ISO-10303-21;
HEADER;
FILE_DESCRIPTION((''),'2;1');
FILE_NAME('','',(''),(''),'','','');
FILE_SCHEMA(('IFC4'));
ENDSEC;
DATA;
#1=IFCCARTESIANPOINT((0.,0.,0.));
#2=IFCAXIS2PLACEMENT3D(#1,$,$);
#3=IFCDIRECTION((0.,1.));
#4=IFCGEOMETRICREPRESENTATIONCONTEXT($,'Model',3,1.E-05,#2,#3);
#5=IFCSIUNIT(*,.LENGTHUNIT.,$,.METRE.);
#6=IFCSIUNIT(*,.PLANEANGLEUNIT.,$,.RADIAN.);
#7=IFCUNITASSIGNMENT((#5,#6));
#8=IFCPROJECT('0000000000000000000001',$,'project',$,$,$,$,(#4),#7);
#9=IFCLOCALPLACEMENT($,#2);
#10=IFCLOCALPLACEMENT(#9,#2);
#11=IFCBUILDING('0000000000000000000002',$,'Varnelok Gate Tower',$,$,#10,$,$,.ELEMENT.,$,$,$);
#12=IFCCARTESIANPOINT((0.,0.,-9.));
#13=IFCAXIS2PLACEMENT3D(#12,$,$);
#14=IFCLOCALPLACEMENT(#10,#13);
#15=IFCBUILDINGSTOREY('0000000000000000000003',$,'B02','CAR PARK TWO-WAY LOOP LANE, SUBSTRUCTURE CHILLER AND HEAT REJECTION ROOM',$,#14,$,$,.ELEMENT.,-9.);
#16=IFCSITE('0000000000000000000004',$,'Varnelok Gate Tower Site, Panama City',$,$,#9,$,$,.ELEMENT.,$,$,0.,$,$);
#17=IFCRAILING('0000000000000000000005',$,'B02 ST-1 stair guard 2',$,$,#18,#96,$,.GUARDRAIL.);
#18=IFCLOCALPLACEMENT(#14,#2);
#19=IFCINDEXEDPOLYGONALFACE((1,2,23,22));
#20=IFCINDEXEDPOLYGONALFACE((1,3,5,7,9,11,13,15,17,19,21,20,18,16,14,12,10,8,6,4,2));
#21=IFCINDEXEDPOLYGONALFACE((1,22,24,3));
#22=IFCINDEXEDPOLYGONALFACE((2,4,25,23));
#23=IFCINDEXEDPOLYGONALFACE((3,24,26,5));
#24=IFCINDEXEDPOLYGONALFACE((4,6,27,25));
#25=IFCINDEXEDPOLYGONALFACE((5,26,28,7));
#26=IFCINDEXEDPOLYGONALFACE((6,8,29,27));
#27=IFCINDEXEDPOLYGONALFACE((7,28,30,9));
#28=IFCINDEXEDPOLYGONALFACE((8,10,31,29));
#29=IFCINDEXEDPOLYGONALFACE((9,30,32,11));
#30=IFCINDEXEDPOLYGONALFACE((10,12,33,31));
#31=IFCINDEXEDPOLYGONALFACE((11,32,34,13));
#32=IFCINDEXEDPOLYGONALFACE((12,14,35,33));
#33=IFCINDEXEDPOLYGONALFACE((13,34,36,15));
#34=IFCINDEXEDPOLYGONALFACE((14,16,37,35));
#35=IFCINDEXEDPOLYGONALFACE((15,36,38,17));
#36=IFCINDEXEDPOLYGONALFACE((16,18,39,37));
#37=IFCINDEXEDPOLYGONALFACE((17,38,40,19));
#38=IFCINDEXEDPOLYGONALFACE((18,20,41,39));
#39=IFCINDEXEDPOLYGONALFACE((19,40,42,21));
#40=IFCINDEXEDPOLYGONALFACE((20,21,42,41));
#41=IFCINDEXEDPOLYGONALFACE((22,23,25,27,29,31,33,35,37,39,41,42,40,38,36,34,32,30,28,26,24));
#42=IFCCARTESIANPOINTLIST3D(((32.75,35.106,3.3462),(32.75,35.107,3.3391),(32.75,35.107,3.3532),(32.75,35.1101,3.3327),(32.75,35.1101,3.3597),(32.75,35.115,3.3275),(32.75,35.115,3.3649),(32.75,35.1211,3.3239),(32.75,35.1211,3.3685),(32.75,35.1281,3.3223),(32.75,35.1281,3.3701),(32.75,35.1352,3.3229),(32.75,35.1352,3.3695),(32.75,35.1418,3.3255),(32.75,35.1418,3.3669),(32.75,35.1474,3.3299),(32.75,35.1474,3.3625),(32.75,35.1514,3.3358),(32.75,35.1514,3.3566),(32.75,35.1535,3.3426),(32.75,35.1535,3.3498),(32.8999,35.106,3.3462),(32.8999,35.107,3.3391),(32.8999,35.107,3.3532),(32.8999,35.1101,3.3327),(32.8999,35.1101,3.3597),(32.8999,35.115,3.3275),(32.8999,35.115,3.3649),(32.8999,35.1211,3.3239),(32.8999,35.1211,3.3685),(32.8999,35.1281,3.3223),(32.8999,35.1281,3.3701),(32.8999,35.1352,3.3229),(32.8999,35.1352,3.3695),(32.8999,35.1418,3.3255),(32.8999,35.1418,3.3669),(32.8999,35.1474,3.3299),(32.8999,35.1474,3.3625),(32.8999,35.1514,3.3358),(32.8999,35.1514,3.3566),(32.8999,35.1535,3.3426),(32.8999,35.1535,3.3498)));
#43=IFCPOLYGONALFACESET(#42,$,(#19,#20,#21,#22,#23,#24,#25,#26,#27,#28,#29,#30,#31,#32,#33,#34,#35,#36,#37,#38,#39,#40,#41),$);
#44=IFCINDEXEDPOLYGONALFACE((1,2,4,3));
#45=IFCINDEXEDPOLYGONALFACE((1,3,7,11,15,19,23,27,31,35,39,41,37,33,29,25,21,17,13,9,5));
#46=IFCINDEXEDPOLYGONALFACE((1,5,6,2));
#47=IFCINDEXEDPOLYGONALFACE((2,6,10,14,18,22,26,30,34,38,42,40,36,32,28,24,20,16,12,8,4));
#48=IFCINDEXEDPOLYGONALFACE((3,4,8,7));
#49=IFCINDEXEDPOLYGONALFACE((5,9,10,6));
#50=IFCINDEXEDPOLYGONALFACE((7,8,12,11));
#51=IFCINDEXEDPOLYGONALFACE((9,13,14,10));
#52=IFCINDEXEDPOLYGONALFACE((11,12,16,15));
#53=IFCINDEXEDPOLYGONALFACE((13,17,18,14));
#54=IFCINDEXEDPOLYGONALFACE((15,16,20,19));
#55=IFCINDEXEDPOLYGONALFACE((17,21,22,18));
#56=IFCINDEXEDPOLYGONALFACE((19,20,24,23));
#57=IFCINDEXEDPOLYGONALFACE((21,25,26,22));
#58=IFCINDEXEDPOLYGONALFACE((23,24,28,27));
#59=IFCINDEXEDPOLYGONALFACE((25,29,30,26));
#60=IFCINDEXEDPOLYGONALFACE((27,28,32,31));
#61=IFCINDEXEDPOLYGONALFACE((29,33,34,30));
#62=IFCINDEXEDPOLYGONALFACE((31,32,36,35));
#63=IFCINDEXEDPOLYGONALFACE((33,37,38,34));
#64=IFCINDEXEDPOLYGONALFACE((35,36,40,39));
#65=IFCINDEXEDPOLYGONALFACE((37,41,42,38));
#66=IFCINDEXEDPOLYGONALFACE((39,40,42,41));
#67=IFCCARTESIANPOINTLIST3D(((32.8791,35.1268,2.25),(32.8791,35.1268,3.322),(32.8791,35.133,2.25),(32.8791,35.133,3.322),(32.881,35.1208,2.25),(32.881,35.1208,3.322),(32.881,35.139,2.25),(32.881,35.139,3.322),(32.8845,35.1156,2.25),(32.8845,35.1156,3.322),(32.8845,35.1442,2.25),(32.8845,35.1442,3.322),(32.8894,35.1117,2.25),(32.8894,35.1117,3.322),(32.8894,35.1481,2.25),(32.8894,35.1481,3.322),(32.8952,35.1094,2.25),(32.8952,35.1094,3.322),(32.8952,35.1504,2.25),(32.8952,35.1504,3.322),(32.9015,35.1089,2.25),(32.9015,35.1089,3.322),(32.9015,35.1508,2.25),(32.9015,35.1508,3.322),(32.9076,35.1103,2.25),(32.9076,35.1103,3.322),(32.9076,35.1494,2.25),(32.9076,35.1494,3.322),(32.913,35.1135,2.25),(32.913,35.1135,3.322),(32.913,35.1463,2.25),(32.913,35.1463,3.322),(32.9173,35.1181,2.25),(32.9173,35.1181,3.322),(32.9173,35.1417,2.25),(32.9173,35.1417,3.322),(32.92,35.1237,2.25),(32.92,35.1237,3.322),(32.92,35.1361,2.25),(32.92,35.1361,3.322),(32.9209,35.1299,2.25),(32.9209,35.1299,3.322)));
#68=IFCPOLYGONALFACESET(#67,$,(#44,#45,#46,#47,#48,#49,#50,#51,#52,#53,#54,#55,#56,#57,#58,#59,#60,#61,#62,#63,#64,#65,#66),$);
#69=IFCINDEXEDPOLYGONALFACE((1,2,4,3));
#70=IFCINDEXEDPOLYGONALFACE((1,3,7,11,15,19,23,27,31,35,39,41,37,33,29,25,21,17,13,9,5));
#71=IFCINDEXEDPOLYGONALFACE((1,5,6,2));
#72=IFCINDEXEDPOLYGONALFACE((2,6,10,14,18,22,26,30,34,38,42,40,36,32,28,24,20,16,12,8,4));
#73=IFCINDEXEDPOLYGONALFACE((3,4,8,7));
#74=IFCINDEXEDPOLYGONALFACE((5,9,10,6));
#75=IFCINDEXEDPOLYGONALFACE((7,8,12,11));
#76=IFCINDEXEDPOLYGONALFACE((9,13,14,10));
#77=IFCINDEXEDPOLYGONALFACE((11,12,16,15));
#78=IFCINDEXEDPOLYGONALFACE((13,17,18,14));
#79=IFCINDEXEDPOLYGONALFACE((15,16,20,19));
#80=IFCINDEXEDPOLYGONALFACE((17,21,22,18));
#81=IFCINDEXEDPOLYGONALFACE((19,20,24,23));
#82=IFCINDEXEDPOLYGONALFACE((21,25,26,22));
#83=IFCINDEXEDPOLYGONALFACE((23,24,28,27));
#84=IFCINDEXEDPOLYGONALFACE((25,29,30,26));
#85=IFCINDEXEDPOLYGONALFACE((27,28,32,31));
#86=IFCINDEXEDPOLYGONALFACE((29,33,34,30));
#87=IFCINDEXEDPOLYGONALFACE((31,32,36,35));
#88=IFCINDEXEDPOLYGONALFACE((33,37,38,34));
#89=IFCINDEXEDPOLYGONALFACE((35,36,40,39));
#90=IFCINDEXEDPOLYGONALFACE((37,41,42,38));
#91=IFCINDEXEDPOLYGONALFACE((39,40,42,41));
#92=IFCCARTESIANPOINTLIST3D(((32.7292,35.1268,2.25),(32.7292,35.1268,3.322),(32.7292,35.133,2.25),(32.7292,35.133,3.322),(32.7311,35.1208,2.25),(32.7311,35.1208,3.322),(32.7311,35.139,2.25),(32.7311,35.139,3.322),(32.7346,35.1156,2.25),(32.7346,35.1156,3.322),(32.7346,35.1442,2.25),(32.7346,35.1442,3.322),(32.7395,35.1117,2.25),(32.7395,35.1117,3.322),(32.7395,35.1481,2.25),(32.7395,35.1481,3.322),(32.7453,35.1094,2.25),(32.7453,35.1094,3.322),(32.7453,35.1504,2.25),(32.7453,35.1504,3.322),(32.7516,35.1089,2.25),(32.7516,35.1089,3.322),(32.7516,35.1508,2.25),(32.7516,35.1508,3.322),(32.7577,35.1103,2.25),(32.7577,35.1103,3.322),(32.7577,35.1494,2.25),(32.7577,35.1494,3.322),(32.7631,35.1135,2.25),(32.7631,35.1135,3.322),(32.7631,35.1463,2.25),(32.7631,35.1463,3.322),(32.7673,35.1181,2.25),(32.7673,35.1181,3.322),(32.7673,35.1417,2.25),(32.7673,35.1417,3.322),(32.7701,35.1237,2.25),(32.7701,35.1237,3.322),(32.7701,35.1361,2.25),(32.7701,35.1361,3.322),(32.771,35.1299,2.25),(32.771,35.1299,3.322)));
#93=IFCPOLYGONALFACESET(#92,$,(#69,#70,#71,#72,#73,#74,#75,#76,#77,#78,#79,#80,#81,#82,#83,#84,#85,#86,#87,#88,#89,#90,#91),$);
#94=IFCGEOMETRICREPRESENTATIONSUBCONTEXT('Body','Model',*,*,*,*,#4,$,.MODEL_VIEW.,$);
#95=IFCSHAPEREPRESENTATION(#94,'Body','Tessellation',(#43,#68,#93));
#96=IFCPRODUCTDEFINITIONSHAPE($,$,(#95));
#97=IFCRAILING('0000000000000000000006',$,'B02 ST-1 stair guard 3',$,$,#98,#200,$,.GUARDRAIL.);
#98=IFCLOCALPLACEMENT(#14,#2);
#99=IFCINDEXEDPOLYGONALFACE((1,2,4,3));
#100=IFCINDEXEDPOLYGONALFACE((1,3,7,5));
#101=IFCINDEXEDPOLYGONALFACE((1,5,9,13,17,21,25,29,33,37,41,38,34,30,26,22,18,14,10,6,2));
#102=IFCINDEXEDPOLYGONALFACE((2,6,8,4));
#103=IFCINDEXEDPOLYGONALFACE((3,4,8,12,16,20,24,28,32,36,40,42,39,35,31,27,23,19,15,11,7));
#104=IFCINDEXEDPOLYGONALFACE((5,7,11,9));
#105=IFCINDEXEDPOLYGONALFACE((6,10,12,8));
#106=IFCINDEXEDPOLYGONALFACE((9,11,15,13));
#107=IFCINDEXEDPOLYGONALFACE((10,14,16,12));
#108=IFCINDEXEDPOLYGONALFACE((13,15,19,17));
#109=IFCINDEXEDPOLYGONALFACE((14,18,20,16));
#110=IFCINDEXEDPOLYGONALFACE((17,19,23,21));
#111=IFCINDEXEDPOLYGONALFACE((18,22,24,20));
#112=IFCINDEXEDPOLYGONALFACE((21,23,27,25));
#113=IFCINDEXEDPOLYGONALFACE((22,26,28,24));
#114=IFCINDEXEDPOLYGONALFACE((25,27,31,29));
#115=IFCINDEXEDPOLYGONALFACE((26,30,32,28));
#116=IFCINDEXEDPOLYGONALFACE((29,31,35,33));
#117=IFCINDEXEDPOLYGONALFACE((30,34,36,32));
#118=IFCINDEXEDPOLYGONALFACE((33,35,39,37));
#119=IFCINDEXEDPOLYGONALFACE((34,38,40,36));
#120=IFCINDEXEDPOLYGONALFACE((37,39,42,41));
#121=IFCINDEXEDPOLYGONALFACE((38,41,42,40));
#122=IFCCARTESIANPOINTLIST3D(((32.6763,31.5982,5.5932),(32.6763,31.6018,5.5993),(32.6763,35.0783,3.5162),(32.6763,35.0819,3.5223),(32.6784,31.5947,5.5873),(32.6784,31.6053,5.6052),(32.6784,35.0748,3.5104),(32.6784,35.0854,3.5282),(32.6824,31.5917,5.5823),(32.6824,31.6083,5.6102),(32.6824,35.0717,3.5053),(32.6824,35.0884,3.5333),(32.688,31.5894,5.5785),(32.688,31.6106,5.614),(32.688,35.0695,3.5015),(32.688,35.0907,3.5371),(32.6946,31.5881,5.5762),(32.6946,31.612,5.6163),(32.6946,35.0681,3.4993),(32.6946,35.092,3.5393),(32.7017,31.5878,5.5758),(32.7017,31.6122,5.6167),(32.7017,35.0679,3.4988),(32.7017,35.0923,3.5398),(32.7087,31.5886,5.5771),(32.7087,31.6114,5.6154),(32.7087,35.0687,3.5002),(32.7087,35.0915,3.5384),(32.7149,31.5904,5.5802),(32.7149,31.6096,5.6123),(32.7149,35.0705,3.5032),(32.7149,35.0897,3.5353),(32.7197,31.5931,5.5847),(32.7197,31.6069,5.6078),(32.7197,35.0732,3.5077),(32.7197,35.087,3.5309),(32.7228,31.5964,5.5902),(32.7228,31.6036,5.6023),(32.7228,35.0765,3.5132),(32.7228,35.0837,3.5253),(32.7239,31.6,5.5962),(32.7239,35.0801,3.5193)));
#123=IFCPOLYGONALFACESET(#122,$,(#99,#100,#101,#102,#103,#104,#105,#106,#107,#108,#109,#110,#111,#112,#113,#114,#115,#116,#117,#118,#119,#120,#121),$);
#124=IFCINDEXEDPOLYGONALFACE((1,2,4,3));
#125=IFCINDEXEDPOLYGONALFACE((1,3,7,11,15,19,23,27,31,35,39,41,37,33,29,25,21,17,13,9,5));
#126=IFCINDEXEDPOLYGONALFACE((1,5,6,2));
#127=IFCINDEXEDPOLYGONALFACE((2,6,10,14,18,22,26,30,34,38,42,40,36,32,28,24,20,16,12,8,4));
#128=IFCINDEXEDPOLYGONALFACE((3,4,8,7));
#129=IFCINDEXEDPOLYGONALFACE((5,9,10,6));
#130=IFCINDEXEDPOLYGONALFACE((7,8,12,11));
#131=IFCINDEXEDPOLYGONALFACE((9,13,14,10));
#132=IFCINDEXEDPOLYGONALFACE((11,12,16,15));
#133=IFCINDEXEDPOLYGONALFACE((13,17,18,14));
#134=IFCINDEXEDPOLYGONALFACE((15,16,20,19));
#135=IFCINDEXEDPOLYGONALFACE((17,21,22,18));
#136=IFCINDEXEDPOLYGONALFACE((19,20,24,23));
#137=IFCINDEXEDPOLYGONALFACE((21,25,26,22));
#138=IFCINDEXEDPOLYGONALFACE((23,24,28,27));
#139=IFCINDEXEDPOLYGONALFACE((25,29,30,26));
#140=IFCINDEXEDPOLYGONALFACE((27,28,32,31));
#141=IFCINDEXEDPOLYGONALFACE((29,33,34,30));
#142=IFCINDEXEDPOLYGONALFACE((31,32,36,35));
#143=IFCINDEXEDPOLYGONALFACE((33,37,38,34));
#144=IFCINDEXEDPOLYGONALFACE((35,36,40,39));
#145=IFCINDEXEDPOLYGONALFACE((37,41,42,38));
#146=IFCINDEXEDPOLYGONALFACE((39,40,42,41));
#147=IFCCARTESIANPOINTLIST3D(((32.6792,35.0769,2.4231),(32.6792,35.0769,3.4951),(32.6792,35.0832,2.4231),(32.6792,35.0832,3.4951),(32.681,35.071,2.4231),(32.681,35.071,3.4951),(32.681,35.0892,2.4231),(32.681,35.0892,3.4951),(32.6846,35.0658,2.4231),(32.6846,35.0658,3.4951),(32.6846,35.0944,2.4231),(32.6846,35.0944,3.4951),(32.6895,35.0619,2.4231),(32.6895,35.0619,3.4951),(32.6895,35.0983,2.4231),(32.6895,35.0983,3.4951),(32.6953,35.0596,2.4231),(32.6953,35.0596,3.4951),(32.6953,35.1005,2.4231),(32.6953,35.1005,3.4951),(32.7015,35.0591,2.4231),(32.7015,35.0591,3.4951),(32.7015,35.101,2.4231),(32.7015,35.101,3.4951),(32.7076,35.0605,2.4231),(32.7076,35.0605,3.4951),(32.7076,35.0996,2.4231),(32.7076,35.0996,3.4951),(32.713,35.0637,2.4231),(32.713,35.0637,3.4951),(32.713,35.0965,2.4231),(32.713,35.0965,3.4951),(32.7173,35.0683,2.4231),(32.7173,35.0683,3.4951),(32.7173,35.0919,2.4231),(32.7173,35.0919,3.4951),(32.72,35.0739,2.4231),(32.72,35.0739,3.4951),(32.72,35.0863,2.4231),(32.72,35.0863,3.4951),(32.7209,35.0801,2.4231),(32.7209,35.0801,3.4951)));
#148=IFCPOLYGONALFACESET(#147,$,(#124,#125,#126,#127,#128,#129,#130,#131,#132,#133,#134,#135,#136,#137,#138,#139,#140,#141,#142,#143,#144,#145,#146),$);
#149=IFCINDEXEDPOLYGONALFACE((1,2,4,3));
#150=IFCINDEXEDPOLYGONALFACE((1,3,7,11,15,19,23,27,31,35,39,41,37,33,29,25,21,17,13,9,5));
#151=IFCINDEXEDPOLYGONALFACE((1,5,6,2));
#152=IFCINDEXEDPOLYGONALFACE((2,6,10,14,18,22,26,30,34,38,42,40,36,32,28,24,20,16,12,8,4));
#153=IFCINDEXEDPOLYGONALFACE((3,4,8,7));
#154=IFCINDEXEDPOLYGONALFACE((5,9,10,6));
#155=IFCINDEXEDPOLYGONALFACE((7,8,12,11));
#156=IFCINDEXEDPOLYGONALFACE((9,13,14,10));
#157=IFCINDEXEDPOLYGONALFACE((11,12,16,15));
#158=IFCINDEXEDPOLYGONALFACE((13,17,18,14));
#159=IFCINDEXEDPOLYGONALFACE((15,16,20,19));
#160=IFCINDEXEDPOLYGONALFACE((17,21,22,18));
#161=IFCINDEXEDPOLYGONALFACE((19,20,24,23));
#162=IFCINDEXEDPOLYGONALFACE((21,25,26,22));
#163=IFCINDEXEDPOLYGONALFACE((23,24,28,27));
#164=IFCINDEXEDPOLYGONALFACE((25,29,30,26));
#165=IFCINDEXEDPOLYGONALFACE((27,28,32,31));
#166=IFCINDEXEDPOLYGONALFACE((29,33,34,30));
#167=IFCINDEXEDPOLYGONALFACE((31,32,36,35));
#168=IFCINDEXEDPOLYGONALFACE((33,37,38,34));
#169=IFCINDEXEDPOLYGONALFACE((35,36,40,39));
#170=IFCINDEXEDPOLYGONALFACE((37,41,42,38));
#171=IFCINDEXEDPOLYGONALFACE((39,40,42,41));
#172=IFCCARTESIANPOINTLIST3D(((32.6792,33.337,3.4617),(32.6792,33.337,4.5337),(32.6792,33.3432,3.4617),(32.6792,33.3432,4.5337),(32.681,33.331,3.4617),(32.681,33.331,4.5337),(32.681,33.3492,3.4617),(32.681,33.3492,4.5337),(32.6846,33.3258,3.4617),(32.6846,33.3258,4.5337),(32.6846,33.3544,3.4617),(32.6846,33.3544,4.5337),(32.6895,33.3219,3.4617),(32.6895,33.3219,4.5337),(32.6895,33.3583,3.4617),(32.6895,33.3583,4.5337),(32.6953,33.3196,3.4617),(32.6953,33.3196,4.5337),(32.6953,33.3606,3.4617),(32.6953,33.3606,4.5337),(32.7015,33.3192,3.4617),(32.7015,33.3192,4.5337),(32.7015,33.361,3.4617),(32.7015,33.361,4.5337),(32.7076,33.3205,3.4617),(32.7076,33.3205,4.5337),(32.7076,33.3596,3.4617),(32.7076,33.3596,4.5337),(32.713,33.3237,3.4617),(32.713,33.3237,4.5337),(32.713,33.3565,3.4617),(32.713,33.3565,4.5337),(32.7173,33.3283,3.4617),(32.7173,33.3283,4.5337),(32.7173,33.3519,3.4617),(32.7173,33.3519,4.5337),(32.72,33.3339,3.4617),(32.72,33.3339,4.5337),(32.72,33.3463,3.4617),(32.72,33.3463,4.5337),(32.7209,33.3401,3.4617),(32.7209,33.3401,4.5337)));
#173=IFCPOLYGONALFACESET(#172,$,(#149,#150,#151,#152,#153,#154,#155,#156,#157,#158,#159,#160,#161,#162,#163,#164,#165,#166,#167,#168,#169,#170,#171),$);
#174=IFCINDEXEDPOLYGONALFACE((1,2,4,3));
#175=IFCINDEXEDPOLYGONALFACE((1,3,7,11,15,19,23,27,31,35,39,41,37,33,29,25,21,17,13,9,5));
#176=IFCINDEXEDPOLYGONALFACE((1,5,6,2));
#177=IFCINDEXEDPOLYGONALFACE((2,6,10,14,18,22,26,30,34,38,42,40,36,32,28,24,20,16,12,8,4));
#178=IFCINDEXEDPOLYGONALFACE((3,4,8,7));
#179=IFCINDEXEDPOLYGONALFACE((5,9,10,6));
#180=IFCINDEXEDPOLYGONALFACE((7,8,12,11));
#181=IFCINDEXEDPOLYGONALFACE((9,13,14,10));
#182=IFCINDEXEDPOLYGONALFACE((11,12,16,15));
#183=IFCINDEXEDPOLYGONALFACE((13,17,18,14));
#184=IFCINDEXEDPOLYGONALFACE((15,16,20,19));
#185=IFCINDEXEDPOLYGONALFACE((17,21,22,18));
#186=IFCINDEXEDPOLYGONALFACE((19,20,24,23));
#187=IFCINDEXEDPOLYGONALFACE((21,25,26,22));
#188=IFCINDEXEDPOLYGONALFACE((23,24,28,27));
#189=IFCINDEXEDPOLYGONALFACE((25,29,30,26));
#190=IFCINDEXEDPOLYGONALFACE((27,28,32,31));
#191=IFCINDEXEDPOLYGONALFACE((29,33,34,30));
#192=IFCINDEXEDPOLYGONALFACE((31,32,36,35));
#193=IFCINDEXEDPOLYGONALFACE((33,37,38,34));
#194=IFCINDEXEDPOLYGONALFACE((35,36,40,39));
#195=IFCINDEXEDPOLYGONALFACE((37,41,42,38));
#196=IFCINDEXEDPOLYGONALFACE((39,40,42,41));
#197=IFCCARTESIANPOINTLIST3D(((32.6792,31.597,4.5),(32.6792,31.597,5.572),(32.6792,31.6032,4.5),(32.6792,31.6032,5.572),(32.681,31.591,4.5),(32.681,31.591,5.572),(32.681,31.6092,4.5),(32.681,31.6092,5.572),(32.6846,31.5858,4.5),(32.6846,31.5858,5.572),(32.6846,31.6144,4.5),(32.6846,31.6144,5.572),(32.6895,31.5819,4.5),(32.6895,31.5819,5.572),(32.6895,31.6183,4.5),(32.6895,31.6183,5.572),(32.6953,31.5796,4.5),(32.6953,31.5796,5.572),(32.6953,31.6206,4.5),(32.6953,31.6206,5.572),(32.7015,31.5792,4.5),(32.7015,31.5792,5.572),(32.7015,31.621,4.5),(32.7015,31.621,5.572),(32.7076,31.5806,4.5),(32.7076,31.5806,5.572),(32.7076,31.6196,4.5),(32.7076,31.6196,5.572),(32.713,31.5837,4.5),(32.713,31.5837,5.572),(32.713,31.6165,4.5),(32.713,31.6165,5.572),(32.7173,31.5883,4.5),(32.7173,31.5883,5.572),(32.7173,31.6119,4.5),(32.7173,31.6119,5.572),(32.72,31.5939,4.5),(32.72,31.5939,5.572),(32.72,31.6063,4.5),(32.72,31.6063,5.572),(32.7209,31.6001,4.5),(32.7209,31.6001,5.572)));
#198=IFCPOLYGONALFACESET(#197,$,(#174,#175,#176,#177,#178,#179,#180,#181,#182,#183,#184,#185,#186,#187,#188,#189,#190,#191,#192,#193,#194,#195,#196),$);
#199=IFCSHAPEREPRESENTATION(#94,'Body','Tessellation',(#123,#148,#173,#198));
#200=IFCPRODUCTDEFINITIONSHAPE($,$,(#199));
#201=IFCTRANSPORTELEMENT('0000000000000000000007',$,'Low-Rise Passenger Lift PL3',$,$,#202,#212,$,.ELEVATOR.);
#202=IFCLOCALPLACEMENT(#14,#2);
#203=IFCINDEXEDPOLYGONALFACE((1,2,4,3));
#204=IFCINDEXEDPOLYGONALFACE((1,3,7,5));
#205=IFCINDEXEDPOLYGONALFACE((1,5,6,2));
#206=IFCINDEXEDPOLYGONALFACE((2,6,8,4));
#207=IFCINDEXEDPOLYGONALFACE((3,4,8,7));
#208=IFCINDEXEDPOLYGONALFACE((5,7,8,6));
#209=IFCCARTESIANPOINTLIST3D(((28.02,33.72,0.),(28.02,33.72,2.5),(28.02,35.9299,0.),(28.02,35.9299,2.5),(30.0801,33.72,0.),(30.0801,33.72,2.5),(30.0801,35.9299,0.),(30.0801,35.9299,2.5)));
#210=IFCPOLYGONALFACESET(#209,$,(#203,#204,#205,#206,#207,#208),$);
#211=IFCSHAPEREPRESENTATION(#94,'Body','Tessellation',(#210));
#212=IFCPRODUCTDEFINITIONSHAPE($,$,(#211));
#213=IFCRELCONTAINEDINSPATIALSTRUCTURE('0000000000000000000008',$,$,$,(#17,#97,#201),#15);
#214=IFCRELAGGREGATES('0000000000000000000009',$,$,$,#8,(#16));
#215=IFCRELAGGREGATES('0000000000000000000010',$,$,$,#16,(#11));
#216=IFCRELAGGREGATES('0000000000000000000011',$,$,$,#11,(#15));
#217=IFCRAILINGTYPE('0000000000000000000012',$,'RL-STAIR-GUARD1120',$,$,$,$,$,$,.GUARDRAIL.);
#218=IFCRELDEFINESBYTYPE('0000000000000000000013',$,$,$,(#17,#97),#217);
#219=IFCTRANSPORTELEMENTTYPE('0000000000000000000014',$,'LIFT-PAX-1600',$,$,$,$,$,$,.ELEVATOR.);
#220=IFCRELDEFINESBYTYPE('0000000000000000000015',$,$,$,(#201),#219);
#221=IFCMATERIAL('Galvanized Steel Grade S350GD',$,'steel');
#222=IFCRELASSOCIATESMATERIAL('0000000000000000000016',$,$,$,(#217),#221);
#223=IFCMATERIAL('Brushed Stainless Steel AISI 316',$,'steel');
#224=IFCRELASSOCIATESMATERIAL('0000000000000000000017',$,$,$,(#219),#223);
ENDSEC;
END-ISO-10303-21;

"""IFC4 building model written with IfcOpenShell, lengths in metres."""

from ifc_helpers import new_model, si_unit, direction, frame, origin, origin_2d, place, context, subcontext, project, spatial, rectangle, circle, extrude, source, transform, mapped, material, type_object, element, save


model = new_model("IFC4")

# Units and contexts
model_context = context("Model", 3, precision=1e-05, world=origin(), true_north=direction((0.0, 1.0)))
body_context = subcontext(model_context, "Body", "Model", "MODEL_VIEW")
ifc_project = project(units=[si_unit("LENGTHUNIT", "METRE"), si_unit("PLANEANGLEUNIT", "RADIAN")], contexts=[model_context])

# Site, building, storey
site_placement = place(None, origin())
site = spatial("IfcSite", under=ifc_project, at=site_placement, Name="Varnelok Gate Tower Site, Panama City", CompositionType="ELEMENT", RefElevation=0.0)
building_placement = place(site_placement, origin())
building = spatial("IfcBuilding", under=site, at=building_placement, Name="Varnelok Gate Tower", CompositionType="ELEMENT")
storey_placement = place(building_placement, frame((0.0, 0.0, -9.0)))
storey = spatial("IfcBuildingStorey", under=building, at=storey_placement, Name="B02", Description="CAR PARK TWO-WAY LOOP LANE, SUBSTRUCTURE CHILLER AND HEAT REJECTION ROOM", CompositionType="ELEMENT", Elevation=-9.0)

# Railings
ifc_material_1 = material(Name="Brushed Stainless Steel AISI 316", Category="steel")
ifc_material_2 = material(Name="Galvanized Steel Grade S350GD", Category="steel")
railing_type_1 = type_object("IfcRailingType", Name="RL-STAIR-GUARD1120", PredefinedType="GUARDRAIL", material=ifc_material_2)
railing_1_placement = place(storey_placement, frame((32.8999, 35.1299, 2.25)))
element("IfcRailing", 1, at=railing_1_placement, inside=storey, type_object=railing_type_1, Name="B02 ST-1 stair guard 2", PredefinedType="GUARDRAIL", context=body_context, shape_type="SweptSolid", body=[
    extrude(circle(Radius=0.0239, at=origin_2d()), frame((0.0, 0.0, 1.0962), z_axis=(-1.0, 0.0, 0.0), x_axis=(0.0, -1.0, 0.0)), (0.0, 0.0, 1.0), 0.1499),
    extrude(circle(Radius=0.021, at=origin_2d()), origin(), (0.0, 0.0, 1.0), 1.072),
    extrude(circle(Radius=0.021, at=origin_2d()), frame((-0.1499, 0.0, 0.0)), (0.0, 0.0, 1.0), 1.072),
])
railing_2_placement = place(storey_placement, frame((32.7, 35.0801, 2.4231)))
element("IfcRailing", 2, at=railing_2_placement, inside=storey, type_object=railing_type_1, Name="B02 ST-1 stair guard 3", PredefinedType="GUARDRAIL", context=body_context, shape_type="SweptSolid", body=[
    extrude(circle(Radius=0.0239, at=origin_2d()), frame((0.0, 0.0, 1.0962), z_axis=(0.0, -0.858697, 0.512483), x_axis=(1.0, 0.0, 0.0)), (0.0, 0.0, 1.0), 4.0527),
    extrude(circle(Radius=0.021, at=origin_2d()), origin(), (0.0, 0.0, 1.0), 1.072),
    extrude(circle(Radius=0.021, at=origin_2d()), frame((0.0, -1.74, 1.0386)), (0.0, 0.0, 1.0), 1.072),
    extrude(circle(Radius=0.021, at=origin_2d()), frame((0.0, -3.48, 2.0769)), (0.0, 0.0, 1.0), 1.072),
])

# Transport element
transport_element_type = type_object("IfcTransportElementType", Name="LIFT-PAX-1600", PredefinedType="ELEVATOR", material=ifc_material_1)
shared_shape_1 = source(origin(), body_context, "Body", "SweptSolid", [
    extrude(rectangle(XDim=2.0601, YDim=2.21, at=origin_2d()), origin(), (0.0, 0.0, 1.0), 2.5),
])
transport_element_placement = place(storey_placement, frame((29.05, 34.825, 0.0), z_axis=(0.0, 0.0, 1.0), x_axis=(1.0, 0.0, 0.0)))
element("IfcTransportElement", 3, at=transport_element_placement, inside=storey, type_object=transport_element_type, Name="Low-Rise Passenger Lift PL3", PredefinedType="ELEVATOR", context=body_context, shape_type="MappedRepresentation", body=[
    mapped(shared_shape_1, transform((0.0, 0.0, 0.0), scale=1.0)),
])

save(model, "model.ifc")
